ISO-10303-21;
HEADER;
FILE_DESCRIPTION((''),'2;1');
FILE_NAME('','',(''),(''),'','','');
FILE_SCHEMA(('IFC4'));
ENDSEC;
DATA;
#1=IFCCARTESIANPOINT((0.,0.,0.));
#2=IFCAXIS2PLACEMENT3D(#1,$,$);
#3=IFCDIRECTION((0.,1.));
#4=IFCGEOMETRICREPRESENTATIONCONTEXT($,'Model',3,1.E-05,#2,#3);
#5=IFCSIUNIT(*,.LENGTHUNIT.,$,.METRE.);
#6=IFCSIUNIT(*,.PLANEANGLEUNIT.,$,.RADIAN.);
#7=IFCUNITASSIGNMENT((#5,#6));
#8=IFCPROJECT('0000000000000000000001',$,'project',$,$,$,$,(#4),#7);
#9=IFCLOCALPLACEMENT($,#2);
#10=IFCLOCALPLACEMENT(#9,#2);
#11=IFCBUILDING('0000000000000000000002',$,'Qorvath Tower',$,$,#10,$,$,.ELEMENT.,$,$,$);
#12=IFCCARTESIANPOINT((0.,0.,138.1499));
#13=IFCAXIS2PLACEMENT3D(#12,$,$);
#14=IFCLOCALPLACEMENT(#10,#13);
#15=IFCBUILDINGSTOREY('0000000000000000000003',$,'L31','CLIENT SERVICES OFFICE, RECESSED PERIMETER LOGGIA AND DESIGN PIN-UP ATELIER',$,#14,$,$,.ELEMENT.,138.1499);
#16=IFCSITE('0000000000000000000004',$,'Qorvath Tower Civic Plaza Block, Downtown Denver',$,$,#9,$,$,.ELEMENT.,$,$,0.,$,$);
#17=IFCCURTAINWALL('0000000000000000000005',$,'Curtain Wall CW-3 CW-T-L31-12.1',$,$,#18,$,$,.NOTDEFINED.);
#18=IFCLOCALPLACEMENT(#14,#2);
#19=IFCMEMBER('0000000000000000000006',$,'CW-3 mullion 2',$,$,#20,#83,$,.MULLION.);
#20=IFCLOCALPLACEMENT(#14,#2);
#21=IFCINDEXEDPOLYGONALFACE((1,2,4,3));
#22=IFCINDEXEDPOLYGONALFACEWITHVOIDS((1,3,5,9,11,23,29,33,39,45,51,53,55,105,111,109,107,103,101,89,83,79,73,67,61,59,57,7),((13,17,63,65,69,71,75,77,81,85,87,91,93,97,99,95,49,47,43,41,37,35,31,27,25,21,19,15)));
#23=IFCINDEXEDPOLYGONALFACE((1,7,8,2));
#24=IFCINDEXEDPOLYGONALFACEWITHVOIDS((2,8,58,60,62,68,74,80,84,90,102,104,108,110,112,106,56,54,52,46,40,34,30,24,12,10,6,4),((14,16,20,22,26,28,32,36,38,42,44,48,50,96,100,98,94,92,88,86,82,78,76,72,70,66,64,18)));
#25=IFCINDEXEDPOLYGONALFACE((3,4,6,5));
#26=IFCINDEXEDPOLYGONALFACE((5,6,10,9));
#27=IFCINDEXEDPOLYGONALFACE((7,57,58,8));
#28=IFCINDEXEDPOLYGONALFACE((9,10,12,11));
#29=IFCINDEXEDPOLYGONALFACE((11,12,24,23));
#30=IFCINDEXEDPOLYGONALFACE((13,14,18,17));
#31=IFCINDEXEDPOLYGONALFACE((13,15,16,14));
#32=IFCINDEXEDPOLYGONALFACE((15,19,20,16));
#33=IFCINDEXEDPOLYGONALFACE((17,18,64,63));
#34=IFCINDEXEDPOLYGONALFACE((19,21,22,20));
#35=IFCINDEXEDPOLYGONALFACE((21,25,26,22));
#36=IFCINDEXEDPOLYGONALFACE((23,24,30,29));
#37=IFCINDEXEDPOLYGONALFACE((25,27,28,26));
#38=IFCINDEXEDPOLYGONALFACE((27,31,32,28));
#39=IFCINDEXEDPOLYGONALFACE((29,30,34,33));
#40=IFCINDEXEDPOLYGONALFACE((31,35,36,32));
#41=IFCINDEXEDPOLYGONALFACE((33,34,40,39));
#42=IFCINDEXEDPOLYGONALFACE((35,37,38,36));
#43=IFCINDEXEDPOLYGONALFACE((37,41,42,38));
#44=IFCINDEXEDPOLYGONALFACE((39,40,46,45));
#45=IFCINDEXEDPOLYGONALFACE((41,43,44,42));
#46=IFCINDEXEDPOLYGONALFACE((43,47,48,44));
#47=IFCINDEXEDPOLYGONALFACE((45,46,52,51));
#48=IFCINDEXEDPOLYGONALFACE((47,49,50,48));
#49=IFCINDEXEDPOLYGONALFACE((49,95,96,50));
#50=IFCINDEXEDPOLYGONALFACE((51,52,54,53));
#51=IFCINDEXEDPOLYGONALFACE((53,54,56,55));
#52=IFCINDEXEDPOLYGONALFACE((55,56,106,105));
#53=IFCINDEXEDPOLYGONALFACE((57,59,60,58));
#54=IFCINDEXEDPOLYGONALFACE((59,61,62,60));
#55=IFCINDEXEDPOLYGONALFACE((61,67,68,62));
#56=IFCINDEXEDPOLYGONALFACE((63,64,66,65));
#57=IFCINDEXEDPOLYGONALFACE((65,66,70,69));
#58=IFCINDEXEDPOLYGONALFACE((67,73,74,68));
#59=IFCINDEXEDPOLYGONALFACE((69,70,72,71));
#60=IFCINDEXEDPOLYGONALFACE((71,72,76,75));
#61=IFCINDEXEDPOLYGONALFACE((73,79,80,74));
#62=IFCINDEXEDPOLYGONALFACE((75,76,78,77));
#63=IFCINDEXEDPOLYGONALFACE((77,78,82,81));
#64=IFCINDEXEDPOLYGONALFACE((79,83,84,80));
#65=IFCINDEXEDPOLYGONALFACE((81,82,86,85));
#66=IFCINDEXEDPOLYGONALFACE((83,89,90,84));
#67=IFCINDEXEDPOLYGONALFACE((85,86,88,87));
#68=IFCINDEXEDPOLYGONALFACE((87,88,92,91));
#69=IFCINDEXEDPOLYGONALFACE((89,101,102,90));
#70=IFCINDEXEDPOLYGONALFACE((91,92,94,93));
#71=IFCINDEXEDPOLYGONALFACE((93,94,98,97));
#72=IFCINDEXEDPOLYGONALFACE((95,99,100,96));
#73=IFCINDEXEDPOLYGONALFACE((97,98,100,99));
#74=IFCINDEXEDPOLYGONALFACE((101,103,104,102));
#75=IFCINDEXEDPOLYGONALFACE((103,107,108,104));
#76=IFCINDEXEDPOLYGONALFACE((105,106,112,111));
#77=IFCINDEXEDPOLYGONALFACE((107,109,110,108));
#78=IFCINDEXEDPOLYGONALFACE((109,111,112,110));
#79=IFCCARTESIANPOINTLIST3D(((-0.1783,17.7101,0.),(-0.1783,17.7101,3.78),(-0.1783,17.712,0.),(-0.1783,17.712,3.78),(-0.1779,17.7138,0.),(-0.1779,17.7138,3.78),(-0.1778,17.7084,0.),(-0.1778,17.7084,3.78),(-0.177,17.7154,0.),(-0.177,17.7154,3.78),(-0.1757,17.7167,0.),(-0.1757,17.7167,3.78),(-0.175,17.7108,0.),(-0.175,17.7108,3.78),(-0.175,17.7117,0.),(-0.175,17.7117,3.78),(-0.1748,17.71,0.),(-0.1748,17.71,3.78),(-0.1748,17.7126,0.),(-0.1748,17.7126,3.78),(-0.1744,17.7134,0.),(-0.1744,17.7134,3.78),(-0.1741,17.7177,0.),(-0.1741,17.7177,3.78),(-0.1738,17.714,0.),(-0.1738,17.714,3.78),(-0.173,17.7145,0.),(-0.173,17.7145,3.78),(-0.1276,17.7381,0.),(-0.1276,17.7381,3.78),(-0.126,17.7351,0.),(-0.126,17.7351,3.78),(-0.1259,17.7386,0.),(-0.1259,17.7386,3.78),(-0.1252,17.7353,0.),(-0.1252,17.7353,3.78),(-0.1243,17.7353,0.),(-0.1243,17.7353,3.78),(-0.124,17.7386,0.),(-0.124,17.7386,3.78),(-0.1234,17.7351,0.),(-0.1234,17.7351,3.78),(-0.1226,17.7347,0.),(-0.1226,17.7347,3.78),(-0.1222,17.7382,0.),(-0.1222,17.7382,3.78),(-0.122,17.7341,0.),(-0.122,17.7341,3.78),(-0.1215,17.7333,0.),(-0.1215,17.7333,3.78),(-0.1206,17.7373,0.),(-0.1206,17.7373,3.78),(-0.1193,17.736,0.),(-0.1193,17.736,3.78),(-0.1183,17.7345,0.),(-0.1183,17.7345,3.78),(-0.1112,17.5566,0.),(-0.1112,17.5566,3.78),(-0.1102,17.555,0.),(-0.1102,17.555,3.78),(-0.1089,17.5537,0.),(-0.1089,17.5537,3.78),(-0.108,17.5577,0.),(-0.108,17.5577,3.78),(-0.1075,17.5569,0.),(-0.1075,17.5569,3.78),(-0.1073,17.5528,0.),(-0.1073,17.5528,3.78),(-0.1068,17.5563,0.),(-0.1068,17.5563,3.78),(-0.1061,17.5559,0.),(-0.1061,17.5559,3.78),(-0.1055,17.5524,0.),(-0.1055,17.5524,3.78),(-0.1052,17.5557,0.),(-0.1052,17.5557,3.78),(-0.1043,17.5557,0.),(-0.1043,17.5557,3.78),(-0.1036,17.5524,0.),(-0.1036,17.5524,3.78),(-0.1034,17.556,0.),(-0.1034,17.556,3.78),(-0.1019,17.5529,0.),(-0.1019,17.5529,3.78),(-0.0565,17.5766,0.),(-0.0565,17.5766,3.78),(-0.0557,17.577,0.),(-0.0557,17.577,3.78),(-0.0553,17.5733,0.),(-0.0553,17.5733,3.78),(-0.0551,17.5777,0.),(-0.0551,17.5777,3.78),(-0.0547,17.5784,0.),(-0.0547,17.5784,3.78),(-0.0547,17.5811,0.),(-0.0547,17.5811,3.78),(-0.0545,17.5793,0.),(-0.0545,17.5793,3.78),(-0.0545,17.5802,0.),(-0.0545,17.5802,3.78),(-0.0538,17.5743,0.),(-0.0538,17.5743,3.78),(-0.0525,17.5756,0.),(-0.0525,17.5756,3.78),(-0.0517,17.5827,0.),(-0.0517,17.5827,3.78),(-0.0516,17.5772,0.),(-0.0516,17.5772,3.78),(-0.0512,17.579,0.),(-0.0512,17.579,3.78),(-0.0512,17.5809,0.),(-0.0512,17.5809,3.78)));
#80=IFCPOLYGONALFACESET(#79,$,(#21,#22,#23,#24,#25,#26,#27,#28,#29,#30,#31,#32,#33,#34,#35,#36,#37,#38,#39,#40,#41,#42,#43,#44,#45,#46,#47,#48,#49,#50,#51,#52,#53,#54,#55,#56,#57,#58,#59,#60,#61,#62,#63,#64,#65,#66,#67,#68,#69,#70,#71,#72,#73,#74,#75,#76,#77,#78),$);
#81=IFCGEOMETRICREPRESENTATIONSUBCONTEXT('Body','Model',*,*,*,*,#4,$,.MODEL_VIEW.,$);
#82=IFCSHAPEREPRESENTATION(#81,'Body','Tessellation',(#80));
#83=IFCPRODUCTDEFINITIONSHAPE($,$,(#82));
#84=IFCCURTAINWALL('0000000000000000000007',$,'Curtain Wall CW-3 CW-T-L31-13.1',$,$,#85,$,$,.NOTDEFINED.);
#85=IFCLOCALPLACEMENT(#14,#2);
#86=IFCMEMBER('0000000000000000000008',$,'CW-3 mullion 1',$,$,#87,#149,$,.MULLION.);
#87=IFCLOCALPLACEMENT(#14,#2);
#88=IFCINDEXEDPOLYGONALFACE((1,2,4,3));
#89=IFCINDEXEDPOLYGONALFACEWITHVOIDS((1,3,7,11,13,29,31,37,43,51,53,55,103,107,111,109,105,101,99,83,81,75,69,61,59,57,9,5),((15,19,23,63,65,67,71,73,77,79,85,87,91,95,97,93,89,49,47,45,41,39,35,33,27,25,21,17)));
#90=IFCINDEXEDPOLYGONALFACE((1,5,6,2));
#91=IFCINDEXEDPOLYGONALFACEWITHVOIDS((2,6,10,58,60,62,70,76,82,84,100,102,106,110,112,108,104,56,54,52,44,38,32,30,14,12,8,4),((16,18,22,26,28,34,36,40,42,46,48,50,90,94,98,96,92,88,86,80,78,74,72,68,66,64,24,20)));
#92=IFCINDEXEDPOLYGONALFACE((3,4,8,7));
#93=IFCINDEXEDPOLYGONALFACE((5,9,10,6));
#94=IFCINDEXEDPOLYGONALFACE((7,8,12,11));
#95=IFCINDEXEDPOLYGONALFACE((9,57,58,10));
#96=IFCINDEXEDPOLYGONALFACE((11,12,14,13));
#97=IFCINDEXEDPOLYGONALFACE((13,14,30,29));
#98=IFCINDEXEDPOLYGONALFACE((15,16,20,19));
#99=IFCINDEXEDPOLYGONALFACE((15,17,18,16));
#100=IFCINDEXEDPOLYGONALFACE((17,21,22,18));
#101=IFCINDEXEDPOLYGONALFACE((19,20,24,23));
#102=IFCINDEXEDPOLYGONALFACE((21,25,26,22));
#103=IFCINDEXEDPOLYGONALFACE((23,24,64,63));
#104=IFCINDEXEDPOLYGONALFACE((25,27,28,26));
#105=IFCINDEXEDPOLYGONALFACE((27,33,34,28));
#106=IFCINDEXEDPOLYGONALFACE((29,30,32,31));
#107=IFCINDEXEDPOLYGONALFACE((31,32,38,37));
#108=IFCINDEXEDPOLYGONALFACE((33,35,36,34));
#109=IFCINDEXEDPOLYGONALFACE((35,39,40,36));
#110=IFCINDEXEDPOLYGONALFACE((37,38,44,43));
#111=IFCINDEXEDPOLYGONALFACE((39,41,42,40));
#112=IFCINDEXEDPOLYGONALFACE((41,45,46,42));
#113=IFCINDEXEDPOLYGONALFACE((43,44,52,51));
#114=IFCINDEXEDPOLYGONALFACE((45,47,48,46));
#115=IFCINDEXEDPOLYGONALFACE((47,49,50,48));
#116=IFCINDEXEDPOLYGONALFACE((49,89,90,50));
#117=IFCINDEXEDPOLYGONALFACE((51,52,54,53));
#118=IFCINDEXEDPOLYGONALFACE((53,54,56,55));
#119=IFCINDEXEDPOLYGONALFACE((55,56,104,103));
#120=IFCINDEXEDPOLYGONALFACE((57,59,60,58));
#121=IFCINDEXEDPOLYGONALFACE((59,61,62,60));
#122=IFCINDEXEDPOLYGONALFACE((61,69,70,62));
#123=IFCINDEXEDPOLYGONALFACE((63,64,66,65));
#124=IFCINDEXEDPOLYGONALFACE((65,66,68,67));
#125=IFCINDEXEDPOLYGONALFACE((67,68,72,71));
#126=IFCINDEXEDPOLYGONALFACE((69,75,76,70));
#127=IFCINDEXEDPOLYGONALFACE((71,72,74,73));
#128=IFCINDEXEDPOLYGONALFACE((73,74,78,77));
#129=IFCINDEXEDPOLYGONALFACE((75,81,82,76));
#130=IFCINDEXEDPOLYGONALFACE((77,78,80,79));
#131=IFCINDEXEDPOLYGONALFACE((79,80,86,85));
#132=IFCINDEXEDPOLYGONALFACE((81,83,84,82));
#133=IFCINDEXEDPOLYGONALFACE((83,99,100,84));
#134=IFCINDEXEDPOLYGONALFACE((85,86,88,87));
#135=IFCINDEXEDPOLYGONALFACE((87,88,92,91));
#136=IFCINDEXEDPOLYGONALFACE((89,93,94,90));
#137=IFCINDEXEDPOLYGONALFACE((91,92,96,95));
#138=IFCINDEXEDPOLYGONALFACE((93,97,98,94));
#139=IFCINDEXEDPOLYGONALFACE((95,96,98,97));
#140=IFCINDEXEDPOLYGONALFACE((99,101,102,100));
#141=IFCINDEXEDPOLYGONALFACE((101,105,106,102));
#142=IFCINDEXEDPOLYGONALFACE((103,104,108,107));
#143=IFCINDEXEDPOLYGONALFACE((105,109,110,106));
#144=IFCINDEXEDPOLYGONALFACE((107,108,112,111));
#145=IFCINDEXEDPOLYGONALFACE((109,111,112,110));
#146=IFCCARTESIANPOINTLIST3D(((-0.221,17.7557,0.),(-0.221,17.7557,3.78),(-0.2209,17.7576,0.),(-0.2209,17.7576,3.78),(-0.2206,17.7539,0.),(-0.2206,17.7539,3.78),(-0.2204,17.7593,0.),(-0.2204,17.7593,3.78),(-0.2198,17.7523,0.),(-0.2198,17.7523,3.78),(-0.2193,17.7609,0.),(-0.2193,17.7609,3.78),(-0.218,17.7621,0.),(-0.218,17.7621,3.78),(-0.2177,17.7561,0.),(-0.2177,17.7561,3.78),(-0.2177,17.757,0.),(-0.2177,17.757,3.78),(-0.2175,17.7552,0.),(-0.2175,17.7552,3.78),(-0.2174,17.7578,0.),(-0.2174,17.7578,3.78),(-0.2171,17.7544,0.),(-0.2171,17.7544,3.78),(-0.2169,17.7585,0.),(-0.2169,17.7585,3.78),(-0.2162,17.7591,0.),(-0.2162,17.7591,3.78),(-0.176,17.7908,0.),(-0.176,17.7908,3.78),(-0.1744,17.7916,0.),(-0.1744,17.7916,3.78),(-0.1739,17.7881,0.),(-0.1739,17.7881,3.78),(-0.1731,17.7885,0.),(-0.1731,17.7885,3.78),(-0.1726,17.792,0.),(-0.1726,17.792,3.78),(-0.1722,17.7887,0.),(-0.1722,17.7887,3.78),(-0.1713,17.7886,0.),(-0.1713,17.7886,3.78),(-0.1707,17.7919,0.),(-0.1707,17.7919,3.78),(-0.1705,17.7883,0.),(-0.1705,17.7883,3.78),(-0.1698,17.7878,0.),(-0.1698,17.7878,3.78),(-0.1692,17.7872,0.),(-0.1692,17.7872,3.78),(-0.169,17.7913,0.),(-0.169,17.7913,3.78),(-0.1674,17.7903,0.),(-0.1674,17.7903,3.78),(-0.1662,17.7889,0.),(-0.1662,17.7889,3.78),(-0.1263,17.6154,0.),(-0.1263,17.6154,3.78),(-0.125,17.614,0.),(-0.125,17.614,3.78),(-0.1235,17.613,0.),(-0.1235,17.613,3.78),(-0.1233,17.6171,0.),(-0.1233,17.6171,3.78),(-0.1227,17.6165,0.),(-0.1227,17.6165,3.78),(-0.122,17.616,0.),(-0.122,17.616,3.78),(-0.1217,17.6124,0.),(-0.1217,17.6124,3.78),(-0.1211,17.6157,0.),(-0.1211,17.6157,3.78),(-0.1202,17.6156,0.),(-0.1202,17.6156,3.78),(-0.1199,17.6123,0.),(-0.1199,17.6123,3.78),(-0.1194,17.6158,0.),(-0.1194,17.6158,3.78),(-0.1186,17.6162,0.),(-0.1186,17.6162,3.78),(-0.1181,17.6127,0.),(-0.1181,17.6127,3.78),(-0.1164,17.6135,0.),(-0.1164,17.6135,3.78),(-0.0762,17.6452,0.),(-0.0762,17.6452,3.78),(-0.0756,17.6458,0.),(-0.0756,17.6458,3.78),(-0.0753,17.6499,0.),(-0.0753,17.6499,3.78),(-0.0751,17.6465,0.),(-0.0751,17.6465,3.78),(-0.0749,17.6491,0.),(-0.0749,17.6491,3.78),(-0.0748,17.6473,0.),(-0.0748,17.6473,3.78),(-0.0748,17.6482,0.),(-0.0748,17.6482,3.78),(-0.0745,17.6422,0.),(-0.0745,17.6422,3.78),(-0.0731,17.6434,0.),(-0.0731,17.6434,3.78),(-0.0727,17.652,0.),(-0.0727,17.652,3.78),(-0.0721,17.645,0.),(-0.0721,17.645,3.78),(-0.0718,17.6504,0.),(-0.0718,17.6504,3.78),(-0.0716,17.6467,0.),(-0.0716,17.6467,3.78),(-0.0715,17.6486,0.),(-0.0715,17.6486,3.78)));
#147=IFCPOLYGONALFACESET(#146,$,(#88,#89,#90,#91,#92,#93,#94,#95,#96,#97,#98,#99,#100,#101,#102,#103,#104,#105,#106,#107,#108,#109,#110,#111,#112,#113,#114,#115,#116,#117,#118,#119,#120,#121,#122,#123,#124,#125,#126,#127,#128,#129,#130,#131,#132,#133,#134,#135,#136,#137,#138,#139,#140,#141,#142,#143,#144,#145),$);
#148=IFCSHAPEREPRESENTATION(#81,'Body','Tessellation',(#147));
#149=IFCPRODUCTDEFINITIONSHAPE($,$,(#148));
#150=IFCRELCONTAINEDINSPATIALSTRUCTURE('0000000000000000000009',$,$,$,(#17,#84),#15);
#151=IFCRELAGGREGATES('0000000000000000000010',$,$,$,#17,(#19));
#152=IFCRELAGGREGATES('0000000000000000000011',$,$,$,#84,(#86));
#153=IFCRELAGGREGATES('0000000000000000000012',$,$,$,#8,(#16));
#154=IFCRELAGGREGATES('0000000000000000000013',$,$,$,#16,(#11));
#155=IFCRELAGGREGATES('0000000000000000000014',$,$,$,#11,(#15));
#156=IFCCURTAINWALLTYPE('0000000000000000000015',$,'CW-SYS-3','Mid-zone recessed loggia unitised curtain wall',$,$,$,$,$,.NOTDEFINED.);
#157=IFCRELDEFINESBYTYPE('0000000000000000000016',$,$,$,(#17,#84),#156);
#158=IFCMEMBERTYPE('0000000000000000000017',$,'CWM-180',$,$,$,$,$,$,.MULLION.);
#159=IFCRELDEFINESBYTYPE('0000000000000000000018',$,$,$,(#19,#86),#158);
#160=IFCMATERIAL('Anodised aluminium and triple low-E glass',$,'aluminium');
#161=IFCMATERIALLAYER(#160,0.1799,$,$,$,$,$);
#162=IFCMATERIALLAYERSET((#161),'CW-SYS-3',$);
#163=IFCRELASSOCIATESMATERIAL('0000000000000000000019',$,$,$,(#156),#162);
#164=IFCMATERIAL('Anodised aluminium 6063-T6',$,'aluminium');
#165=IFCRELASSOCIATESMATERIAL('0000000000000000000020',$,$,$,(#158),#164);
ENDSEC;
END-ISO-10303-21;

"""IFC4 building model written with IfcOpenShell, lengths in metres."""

from ifc_helpers import new_model, si_unit, direction, frame, origin, origin_2d, place, context, subcontext, project, spatial, hollow_rectangle, extrude, material, layer, layer_set, material_profile, profile_set, type_object, element, aggregate, save


model = new_model("IFC4")

# Units and contexts
model_context = context("Model", 3, precision=1e-05, world=origin(), true_north=direction((0.0, 1.0)))
body_context = subcontext(model_context, "Body", "Model", "MODEL_VIEW")
ifc_project = project(units=[si_unit("LENGTHUNIT", "METRE"), si_unit("PLANEANGLEUNIT", "RADIAN")], contexts=[model_context])

# Site, building, storey
site_placement = place(None, origin())
site = spatial("IfcSite", under=ifc_project, at=site_placement, Name="Qorvath Tower Civic Plaza Block, Downtown Denver", CompositionType="ELEMENT", RefElevation=0.0)
building_placement = place(site_placement, origin())
building = spatial("IfcBuilding", under=site, at=building_placement, Name="Qorvath Tower", CompositionType="ELEMENT")
storey_placement = place(building_placement, frame((0.0, 0.0, 138.1499)))
storey = spatial("IfcBuildingStorey", under=building, at=storey_placement, Name="L31", Description="CLIENT SERVICES OFFICE, RECESSED PERIMETER LOGGIA AND DESIGN PIN-UP ATELIER", CompositionType="ELEMENT", Elevation=138.1499)

# Shared definitions
ifc_material_1 = material(Name="Anodised aluminium and triple low-E glass", Category="aluminium")
ifc_layer_1 = layer(ifc_material_1, 0.1799)
ifc_layer_set_1 = layer_set([ifc_layer_1], Name="CW-SYS-3")
curtain_wall_type = type_object("IfcCurtainWallType", Name="CW-SYS-3", Description="Mid-zone recessed loggia unitised curtain wall", PredefinedType="NOTDEFINED", material=ifc_layer_set_1)
ifc_material_2 = material(Name="Anodised aluminium 6063-T6", Category="aluminium")
ifc_material_profile_1 = material_profile(ifc_material_2, hollow_rectangle(XDim=0.0649, YDim=0.1799, WallThickness=0.0034, InnerFilletRadius=0.0034, OuterFilletRadius=0.0071, at=origin_2d()), Name="CWM 180x65")
ifc_profile_set_1 = profile_set([ifc_material_profile_1], Name="Anodised aluminium 6063-T6")
member_type_1 = type_object("IfcMemberType", Name="CWM-180", PredefinedType="MULLION", material=ifc_profile_set_1)

# Curtain walls, members
curtain_wall_1_placement = place(storey_placement, origin())
curtain_wall_1 = element("IfcCurtainWall", 1, at=curtain_wall_1_placement, inside=storey, type_object=curtain_wall_type, Name="Curtain Wall CW-3 CW-T-L31-12.1", PredefinedType="NOTDEFINED")
member_1_placement = place(storey_placement, frame((-0.1147, 17.6455, 0.0), z_axis=(0.0, 0.0, 1.0), x_axis=(-0.915735, -0.401782, 0.0)))
member_1 = element("IfcMember", 2, at=member_1_placement, type_object=member_type_1, Name="CW-3 mullion 2", PredefinedType="MULLION", context=body_context, shape_type="SweptSolid", body=[
    extrude(hollow_rectangle(XDim=0.0649, YDim=0.1799, WallThickness=0.0034, InnerFilletRadius=0.0034, OuterFilletRadius=0.0071, at=origin_2d()), origin(), (0.0, 0.0, 1.0), 3.78),
])
curtain_wall_2_placement = place(storey_placement, origin())
curtain_wall_2 = element("IfcCurtainWall", 3, at=curtain_wall_2_placement, inside=storey, type_object=curtain_wall_type, Name="Curtain Wall CW-3 CW-T-L31-13.1", PredefinedType="NOTDEFINED")
member_2_placement = place(storey_placement, frame((-0.1462, 17.7021, 0.0), z_axis=(0.0, 0.0, 1.0), x_axis=(-0.825623, -0.564223, 0.0)))
member_2 = element("IfcMember", 4, at=member_2_placement, type_object=member_type_1, Name="CW-3 mullion 1", PredefinedType="MULLION", context=body_context, shape_type="SweptSolid", body=[
    extrude(hollow_rectangle(XDim=0.0649, YDim=0.1799, WallThickness=0.0034, InnerFilletRadius=0.0034, OuterFilletRadius=0.0071, at=origin_2d()), origin(), (0.0, 0.0, 1.0), 3.78),
])

aggregate(curtain_wall_1, [member_1])
aggregate(curtain_wall_2, [member_2])

save(model, "model.ifc")
